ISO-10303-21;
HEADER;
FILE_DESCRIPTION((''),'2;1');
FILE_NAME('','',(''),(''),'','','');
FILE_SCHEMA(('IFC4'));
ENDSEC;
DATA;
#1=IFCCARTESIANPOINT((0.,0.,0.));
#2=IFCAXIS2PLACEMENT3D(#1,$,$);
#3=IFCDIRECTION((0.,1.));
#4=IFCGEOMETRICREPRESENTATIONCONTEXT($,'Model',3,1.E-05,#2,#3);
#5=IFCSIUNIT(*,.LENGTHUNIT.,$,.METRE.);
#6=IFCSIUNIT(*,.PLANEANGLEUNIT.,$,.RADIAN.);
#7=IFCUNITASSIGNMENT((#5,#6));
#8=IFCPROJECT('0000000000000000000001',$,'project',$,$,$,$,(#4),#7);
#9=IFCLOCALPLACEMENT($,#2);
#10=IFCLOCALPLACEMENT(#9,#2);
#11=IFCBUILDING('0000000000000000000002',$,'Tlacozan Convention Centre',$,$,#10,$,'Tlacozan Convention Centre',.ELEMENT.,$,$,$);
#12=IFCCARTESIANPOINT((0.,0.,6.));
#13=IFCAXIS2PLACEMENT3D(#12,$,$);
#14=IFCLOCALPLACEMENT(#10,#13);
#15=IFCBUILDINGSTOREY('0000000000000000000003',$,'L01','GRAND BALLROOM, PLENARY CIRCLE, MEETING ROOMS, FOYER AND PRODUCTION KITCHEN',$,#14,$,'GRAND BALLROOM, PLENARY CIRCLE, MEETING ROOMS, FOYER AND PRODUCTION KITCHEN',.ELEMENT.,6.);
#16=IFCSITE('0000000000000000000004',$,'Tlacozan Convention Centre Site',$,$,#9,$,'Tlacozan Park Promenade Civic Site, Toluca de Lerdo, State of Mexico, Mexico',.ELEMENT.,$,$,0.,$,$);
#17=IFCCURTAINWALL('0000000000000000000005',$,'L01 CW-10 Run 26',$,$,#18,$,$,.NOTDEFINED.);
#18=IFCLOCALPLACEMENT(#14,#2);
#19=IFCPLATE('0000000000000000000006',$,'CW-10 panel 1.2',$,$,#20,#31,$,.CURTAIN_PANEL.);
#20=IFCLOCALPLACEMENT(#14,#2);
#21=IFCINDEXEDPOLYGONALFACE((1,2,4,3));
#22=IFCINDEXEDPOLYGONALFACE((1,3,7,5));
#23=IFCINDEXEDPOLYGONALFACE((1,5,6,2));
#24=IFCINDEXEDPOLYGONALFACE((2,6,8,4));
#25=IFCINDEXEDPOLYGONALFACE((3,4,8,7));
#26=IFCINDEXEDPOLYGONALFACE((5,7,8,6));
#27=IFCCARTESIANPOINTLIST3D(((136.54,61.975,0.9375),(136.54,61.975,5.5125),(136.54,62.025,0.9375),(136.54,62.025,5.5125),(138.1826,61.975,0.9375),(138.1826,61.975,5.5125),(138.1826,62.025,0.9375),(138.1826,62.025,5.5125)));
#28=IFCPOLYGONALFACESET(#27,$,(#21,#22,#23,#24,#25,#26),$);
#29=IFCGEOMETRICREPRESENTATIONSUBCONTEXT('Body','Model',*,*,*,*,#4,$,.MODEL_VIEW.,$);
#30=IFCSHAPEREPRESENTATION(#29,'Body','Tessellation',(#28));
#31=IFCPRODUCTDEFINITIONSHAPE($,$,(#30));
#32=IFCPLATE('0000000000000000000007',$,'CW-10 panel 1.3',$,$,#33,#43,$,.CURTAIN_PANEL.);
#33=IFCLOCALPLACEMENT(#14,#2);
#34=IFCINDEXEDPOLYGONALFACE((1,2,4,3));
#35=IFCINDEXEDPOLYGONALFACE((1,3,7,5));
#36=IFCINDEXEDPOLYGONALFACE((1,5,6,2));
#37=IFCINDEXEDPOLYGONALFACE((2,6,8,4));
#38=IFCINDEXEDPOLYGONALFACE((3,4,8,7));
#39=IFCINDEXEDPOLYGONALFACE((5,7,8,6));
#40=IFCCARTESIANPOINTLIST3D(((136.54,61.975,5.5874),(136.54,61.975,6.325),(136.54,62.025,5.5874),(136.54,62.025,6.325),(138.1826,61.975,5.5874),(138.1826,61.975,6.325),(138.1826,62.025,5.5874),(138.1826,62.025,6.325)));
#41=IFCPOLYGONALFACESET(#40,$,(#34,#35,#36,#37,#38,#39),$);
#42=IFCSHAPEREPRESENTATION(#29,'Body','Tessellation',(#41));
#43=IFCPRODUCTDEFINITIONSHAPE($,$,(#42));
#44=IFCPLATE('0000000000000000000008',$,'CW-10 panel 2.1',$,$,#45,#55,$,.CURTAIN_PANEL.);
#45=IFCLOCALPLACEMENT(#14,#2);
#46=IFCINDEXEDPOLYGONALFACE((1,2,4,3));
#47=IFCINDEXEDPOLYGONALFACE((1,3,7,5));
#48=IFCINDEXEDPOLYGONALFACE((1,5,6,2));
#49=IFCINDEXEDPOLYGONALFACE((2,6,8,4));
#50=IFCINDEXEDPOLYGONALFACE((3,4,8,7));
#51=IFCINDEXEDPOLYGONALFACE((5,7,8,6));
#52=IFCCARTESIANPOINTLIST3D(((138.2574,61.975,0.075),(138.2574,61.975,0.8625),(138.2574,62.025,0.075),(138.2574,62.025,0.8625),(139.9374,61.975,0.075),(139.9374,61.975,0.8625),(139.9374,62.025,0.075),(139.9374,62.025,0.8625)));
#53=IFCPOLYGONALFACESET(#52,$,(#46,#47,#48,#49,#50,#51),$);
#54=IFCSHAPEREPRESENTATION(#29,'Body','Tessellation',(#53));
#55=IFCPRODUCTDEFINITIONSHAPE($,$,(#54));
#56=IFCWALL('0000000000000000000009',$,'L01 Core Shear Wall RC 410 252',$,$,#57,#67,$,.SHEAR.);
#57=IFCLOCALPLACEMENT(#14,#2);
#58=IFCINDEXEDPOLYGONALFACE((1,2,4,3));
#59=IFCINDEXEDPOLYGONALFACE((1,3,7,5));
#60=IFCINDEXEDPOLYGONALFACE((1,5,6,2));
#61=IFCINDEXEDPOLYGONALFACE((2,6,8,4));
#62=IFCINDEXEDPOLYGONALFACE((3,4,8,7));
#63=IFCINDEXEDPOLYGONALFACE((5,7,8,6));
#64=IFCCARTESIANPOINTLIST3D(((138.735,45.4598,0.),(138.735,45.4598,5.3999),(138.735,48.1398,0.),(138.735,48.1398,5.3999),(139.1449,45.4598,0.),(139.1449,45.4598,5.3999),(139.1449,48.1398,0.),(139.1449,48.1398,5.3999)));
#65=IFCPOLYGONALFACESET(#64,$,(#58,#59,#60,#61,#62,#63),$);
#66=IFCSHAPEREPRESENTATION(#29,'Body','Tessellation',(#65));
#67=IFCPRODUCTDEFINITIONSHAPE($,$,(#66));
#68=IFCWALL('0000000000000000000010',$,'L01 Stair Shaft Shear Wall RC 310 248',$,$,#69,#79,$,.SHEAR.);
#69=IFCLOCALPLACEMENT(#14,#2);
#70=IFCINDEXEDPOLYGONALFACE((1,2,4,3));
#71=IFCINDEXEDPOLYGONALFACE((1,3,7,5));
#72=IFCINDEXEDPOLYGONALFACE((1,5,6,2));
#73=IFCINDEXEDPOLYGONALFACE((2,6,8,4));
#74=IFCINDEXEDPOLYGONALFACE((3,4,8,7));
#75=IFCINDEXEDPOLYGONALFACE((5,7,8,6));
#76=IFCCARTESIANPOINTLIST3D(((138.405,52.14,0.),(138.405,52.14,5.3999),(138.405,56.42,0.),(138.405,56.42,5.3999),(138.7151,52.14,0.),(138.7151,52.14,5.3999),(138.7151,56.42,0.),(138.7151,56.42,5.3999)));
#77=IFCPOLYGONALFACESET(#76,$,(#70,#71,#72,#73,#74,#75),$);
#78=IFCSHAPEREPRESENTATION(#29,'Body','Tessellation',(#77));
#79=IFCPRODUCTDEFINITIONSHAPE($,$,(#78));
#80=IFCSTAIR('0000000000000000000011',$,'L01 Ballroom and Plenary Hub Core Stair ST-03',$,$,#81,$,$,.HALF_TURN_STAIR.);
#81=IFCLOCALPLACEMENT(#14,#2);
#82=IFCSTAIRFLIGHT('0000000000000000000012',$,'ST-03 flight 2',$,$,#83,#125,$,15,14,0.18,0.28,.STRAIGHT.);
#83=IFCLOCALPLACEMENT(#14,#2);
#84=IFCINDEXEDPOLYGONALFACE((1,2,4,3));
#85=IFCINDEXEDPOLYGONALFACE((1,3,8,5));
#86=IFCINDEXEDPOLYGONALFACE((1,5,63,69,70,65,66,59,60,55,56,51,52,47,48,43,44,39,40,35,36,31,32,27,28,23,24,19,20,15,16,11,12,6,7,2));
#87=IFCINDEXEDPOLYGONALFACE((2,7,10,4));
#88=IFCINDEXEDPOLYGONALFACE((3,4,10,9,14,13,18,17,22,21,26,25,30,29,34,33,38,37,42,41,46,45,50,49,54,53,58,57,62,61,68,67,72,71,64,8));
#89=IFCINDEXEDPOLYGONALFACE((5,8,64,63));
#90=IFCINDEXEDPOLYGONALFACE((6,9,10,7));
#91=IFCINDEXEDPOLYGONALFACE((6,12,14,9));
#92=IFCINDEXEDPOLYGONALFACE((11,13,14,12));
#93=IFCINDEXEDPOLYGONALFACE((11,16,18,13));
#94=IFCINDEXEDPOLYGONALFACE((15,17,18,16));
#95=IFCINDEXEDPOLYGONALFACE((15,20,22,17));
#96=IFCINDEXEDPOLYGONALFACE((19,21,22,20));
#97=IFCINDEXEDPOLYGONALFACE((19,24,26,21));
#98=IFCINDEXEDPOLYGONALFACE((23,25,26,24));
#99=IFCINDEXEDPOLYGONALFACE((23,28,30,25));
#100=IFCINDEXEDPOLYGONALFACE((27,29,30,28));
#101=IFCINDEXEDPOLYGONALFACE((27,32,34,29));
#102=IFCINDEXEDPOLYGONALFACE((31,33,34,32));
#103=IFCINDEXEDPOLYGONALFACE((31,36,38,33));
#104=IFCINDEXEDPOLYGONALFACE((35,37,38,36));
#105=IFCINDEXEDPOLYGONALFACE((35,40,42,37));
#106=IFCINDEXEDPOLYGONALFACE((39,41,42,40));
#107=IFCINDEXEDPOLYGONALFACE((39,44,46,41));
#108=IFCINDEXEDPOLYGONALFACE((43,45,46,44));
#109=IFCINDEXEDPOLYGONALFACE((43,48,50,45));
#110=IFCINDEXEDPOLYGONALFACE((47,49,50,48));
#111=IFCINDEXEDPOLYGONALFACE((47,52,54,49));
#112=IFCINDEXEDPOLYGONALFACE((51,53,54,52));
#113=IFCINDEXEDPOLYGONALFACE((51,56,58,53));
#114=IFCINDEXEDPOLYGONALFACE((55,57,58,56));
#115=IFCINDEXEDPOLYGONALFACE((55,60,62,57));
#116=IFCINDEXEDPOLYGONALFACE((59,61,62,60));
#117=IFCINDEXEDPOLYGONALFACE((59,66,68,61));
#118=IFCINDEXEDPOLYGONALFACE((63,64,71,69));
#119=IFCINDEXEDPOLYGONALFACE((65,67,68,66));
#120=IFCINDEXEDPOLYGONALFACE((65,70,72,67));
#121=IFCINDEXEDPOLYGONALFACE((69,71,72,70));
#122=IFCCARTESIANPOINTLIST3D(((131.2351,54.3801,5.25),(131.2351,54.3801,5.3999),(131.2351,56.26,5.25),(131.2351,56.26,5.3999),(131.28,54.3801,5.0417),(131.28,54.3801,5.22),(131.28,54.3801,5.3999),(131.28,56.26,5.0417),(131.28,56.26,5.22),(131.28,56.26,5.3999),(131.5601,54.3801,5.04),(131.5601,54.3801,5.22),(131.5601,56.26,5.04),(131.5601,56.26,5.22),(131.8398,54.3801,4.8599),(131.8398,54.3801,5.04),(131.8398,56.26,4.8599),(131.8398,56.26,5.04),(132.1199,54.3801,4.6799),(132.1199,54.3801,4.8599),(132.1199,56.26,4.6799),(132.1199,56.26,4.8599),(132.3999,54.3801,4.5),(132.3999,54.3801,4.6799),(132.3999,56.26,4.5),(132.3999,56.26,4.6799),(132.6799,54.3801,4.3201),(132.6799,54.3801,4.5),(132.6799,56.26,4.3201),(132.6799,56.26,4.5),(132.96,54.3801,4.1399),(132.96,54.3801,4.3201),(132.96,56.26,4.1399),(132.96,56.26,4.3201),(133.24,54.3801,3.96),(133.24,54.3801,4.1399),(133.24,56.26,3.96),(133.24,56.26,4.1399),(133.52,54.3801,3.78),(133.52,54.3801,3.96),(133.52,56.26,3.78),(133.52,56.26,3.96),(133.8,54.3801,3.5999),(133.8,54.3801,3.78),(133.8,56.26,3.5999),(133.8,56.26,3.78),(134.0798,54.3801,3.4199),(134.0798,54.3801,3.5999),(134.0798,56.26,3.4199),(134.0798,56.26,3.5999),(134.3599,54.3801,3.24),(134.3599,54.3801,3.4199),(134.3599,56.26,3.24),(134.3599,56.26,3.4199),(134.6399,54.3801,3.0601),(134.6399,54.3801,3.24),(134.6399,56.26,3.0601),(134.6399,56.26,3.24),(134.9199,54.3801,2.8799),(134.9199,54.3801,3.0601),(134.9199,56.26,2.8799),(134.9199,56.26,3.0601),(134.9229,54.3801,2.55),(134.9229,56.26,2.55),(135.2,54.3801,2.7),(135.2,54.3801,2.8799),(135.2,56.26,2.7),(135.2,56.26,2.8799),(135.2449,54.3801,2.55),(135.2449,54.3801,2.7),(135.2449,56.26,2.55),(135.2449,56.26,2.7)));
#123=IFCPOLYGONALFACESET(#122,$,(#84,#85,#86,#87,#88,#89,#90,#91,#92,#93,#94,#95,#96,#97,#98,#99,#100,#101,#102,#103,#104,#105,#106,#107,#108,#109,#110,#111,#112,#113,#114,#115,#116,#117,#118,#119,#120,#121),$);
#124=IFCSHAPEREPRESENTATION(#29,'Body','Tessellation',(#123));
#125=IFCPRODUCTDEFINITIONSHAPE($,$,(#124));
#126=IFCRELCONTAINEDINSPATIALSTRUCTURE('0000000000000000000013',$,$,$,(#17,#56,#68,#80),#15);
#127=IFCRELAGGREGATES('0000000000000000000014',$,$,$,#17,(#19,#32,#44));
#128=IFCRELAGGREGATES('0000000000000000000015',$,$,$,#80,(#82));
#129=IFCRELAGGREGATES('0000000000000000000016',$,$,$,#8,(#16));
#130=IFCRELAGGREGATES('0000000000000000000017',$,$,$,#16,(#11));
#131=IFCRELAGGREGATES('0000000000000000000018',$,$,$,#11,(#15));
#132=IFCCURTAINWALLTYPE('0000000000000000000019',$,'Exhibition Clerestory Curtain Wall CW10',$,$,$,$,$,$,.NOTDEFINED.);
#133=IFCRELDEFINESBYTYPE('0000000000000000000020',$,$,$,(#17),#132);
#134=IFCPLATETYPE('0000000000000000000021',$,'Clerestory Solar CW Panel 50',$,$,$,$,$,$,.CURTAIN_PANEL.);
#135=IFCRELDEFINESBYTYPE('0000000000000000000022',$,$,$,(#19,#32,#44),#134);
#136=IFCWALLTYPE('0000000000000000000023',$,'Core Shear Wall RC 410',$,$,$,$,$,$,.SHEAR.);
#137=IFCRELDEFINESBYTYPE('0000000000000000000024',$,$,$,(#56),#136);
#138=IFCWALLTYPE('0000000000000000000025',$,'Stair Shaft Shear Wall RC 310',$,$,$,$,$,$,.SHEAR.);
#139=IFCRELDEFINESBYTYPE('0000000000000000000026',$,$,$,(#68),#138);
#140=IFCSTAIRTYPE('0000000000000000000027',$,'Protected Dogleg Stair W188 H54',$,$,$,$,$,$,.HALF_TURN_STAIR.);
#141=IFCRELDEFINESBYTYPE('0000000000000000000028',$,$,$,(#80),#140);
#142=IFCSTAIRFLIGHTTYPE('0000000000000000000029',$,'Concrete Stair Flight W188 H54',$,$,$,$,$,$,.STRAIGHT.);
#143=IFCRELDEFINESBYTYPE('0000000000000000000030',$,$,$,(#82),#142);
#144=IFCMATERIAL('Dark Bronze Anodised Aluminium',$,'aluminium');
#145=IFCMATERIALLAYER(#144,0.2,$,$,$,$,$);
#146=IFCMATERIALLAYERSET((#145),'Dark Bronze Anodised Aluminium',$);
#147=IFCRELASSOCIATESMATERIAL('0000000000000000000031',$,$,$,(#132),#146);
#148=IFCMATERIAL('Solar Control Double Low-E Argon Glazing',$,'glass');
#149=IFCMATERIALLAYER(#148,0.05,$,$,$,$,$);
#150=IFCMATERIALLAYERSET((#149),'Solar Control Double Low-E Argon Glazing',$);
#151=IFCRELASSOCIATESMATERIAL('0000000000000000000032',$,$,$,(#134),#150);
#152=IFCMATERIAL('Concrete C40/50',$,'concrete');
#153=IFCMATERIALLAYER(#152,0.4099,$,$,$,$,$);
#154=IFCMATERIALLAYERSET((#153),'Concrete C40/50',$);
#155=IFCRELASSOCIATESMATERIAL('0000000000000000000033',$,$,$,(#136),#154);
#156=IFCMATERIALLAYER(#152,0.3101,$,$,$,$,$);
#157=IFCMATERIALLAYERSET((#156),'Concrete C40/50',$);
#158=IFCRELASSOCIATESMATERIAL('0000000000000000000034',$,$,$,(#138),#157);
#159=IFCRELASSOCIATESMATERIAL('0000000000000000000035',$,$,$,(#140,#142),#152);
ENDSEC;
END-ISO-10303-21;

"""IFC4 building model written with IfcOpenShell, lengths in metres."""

from ifc_helpers import new_model, si_unit, direction, frame, frame_2d, origin, origin_2d, place, context, subcontext, project, spatial, polyline, rectangle, outline, extrude, material, layer, layer_set, type_object, element, aggregate, save


model = new_model("IFC4")

# Units and contexts
model_context = context("Model", 3, precision=1e-05, world=origin(), true_north=direction((0.0, 1.0)))
body_context = subcontext(model_context, "Body", "Model", "MODEL_VIEW")
ifc_project = project(units=[si_unit("LENGTHUNIT", "METRE"), si_unit("PLANEANGLEUNIT", "RADIAN")], contexts=[model_context])

# Site, building, storey
site_placement = place(None, origin())
site = spatial("IfcSite", under=ifc_project, at=site_placement, Name="Tlacozan Convention Centre Site", LongName="Tlacozan Park Promenade Civic Site, Toluca de Lerdo, State of Mexico, Mexico", CompositionType="ELEMENT", RefElevation=0.0)
building_placement = place(site_placement, origin())
building = spatial("IfcBuilding", under=site, at=building_placement, Name="Tlacozan Convention Centre", LongName="Tlacozan Convention Centre", CompositionType="ELEMENT")
storey_placement = place(building_placement, frame((0.0, 0.0, 6.0)))
storey = spatial("IfcBuildingStorey", under=building, at=storey_placement, Name="L01", Description="GRAND BALLROOM, PLENARY CIRCLE, MEETING ROOMS, FOYER AND PRODUCTION KITCHEN", LongName="GRAND BALLROOM, PLENARY CIRCLE, MEETING ROOMS, FOYER AND PRODUCTION KITCHEN", CompositionType="ELEMENT", Elevation=6.0)

# Shared definitions
ifc_material_1 = material(Name="Concrete C40/50", Category="concrete")

# Shared definitions
ifc_material_2 = material(Name="Dark Bronze Anodised Aluminium", Category="aluminium")
ifc_layer_1 = layer(ifc_material_2, 0.2)
ifc_layer_set_1 = layer_set([ifc_layer_1], Name="Dark Bronze Anodised Aluminium")
curtain_wall_type = type_object("IfcCurtainWallType", Name="Exhibition Clerestory Curtain Wall CW10", PredefinedType="NOTDEFINED", material=ifc_layer_set_1)

# Curtain wall
curtain_wall_1_placement = place(storey_placement, origin())
curtain_wall_1 = element("IfcCurtainWall", 1, at=curtain_wall_1_placement, inside=storey, type_object=curtain_wall_type, Name="L01 CW-10 Run 26", PredefinedType="NOTDEFINED")

# Plates
ifc_material_3 = material(Name="Solar Control Double Low-E Argon Glazing", Category="glass")
ifc_layer_2 = layer(ifc_material_3, 0.05)
ifc_layer_set_2 = layer_set([ifc_layer_2], Name="Solar Control Double Low-E Argon Glazing")
plate_type = type_object("IfcPlateType", Name="Clerestory Solar CW Panel 50", PredefinedType="CURTAIN_PANEL", material=ifc_layer_set_2)
plate_1_placement = place(storey_placement, frame((137.3613, 62.0, 0.9375), z_axis=(0.0, 0.0, 1.0), x_axis=(1.0, 0.0, 0.0)))
plate_1 = element("IfcPlate", 2, at=plate_1_placement, type_object=plate_type, Name="CW-10 panel 1.2", PredefinedType="CURTAIN_PANEL", context=body_context, shape_type="SweptSolid", body=[
    extrude(rectangle(XDim=1.6426, YDim=0.05, at=origin_2d()), origin(), (0.0, 0.0, 1.0), 4.575),
])
plate_2_placement = place(storey_placement, frame((137.3613, 62.0, 5.5874), z_axis=(0.0, 0.0, 1.0), x_axis=(1.0, 0.0, 0.0)))
plate_2 = element("IfcPlate", 3, at=plate_2_placement, type_object=plate_type, Name="CW-10 panel 1.3", PredefinedType="CURTAIN_PANEL", context=body_context, shape_type="SweptSolid", body=[
    extrude(rectangle(XDim=1.6426, YDim=0.05, at=origin_2d()), origin(), (0.0, 0.0, 1.0), 0.7375),
])
plate_3_placement = place(storey_placement, frame((139.0974, 62.0, 0.075), z_axis=(0.0, 0.0, 1.0), x_axis=(1.0, 0.0, 0.0)))
plate_3 = element("IfcPlate", 4, at=plate_3_placement, type_object=plate_type, Name="CW-10 panel 2.1", PredefinedType="CURTAIN_PANEL", context=body_context, shape_type="SweptSolid", body=[
    extrude(rectangle(XDim=1.6799, YDim=0.05, at=origin_2d()), origin(), (0.0, 0.0, 1.0), 0.7876),
])
aggregate(curtain_wall_1, [plate_1, plate_2, plate_3])

# Walls
ifc_layer_3 = layer(ifc_material_1, 0.4099)
ifc_layer_set_3 = layer_set([ifc_layer_3], Name="Concrete C40/50")
wall_type_1 = type_object("IfcWallType", Name="Core Shear Wall RC 410", PredefinedType="SHEAR", material=ifc_layer_set_3)
wall_1_placement = place(storey_placement, frame((138.9399, 45.46, 0.0), z_axis=(0.0, 0.0, 1.0), x_axis=(0.0, 1.0, 0.0)))
element("IfcWall", 5, at=wall_1_placement, inside=storey, type_object=wall_type_1, Name="L01 Core Shear Wall RC 410 252", PredefinedType="SHEAR", context=body_context, shape_type="SweptSolid", body=[
    extrude(rectangle(XDim=2.6799, YDim=0.4099, at=frame_2d((1.3398, 0.0))), origin(), (0.0, 0.0, 1.0), 5.3999),
])
ifc_layer_4 = layer(ifc_material_1, 0.3101)
ifc_layer_set_4 = layer_set([ifc_layer_4], Name="Concrete C40/50")
wall_type_2 = type_object("IfcWallType", Name="Stair Shaft Shear Wall RC 310", PredefinedType="SHEAR", material=ifc_layer_set_4)
wall_2_placement = place(storey_placement, frame((138.5601, 52.1399, 0.0), z_axis=(0.0, 0.0, 1.0), x_axis=(0.0, 1.0, 0.0)))
element("IfcWall", 6, at=wall_2_placement, inside=storey, type_object=wall_type_2, Name="L01 Stair Shaft Shear Wall RC 310 248", PredefinedType="SHEAR", context=body_context, shape_type="SweptSolid", body=[
    extrude(rectangle(XDim=4.28, YDim=0.3101, at=frame_2d((2.1401, 0.0))), origin(), (0.0, 0.0, 1.0), 5.3999),
])

# Stair, stair flight
stair_type = type_object("IfcStairType", Name="Protected Dogleg Stair W188 H54", PredefinedType="HALF_TURN_STAIR", material=ifc_material_1)
stair_placement = place(storey_placement, origin())
stair = element("IfcStair", 7, at=stair_placement, inside=storey, type_object=stair_type, Name="L01 Ballroom and Plenary Hub Core Stair ST-03", PredefinedType="HALF_TURN_STAIR")
stair_flight_type = type_object("IfcStairFlightType", Name="Concrete Stair Flight W188 H54", PredefinedType="STRAIGHT", material=ifc_material_1)
stair_flight_placement = place(storey_placement, frame((135.2, 55.3201, 2.7), z_axis=(0.0, 0.0, 1.0), x_axis=(-1.0, 0.0, 0.0)))
stair_flight = element("IfcStairFlight", 8, at=stair_flight_placement, type_object=stair_flight_type, Name="ST-03 flight 2", NumberOfRisers=15, NumberOfTreads=14, PredefinedType="STRAIGHT", RiserHeight=0.18, TreadLength=0.28, context=body_context, shape_type="SweptSolid", body=[
    extrude(outline(polyline([(-0.0449, -0.1499), (-0.0449, 0.0), (0.0, 0.0), (0.0, 0.1799), (0.28, 0.1799), (0.28, 0.3601), (0.5601, 0.3601), (0.5601, 0.54), (0.8401, 0.54), (0.8401, 0.72), (1.1201, 0.72), (1.1201, 0.8999), (1.3999, 0.8999), (1.3999, 1.0801), (1.6799, 1.0801), (1.6799, 1.26), (1.96, 1.26), (1.96, 1.4399), (2.24, 1.4399), (2.24, 1.6201), (2.52, 1.6201), (2.52, 1.8), (2.8, 1.8), (2.8, 1.98), (3.0801, 1.98), (3.0801, 2.1599), (3.3601, 2.1599), (3.3601, 2.3401), (3.6399, 2.3401), (3.6399, 2.52), (3.9199, 2.52), (3.9199, 2.7), (3.9648, 2.7), (3.9648, 2.55), (3.9199, 2.3418), (0.2771, -0.1499), (-0.0449, -0.1499)])), frame((0.0, 0.9399, 0.0), z_axis=(0.0, -1.0, 0.0), x_axis=(1.0, 0.0, 0.0)), (0.0, 0.0, 1.0), 1.8799),
])
aggregate(stair, [stair_flight])

save(model, "model.ifc")
